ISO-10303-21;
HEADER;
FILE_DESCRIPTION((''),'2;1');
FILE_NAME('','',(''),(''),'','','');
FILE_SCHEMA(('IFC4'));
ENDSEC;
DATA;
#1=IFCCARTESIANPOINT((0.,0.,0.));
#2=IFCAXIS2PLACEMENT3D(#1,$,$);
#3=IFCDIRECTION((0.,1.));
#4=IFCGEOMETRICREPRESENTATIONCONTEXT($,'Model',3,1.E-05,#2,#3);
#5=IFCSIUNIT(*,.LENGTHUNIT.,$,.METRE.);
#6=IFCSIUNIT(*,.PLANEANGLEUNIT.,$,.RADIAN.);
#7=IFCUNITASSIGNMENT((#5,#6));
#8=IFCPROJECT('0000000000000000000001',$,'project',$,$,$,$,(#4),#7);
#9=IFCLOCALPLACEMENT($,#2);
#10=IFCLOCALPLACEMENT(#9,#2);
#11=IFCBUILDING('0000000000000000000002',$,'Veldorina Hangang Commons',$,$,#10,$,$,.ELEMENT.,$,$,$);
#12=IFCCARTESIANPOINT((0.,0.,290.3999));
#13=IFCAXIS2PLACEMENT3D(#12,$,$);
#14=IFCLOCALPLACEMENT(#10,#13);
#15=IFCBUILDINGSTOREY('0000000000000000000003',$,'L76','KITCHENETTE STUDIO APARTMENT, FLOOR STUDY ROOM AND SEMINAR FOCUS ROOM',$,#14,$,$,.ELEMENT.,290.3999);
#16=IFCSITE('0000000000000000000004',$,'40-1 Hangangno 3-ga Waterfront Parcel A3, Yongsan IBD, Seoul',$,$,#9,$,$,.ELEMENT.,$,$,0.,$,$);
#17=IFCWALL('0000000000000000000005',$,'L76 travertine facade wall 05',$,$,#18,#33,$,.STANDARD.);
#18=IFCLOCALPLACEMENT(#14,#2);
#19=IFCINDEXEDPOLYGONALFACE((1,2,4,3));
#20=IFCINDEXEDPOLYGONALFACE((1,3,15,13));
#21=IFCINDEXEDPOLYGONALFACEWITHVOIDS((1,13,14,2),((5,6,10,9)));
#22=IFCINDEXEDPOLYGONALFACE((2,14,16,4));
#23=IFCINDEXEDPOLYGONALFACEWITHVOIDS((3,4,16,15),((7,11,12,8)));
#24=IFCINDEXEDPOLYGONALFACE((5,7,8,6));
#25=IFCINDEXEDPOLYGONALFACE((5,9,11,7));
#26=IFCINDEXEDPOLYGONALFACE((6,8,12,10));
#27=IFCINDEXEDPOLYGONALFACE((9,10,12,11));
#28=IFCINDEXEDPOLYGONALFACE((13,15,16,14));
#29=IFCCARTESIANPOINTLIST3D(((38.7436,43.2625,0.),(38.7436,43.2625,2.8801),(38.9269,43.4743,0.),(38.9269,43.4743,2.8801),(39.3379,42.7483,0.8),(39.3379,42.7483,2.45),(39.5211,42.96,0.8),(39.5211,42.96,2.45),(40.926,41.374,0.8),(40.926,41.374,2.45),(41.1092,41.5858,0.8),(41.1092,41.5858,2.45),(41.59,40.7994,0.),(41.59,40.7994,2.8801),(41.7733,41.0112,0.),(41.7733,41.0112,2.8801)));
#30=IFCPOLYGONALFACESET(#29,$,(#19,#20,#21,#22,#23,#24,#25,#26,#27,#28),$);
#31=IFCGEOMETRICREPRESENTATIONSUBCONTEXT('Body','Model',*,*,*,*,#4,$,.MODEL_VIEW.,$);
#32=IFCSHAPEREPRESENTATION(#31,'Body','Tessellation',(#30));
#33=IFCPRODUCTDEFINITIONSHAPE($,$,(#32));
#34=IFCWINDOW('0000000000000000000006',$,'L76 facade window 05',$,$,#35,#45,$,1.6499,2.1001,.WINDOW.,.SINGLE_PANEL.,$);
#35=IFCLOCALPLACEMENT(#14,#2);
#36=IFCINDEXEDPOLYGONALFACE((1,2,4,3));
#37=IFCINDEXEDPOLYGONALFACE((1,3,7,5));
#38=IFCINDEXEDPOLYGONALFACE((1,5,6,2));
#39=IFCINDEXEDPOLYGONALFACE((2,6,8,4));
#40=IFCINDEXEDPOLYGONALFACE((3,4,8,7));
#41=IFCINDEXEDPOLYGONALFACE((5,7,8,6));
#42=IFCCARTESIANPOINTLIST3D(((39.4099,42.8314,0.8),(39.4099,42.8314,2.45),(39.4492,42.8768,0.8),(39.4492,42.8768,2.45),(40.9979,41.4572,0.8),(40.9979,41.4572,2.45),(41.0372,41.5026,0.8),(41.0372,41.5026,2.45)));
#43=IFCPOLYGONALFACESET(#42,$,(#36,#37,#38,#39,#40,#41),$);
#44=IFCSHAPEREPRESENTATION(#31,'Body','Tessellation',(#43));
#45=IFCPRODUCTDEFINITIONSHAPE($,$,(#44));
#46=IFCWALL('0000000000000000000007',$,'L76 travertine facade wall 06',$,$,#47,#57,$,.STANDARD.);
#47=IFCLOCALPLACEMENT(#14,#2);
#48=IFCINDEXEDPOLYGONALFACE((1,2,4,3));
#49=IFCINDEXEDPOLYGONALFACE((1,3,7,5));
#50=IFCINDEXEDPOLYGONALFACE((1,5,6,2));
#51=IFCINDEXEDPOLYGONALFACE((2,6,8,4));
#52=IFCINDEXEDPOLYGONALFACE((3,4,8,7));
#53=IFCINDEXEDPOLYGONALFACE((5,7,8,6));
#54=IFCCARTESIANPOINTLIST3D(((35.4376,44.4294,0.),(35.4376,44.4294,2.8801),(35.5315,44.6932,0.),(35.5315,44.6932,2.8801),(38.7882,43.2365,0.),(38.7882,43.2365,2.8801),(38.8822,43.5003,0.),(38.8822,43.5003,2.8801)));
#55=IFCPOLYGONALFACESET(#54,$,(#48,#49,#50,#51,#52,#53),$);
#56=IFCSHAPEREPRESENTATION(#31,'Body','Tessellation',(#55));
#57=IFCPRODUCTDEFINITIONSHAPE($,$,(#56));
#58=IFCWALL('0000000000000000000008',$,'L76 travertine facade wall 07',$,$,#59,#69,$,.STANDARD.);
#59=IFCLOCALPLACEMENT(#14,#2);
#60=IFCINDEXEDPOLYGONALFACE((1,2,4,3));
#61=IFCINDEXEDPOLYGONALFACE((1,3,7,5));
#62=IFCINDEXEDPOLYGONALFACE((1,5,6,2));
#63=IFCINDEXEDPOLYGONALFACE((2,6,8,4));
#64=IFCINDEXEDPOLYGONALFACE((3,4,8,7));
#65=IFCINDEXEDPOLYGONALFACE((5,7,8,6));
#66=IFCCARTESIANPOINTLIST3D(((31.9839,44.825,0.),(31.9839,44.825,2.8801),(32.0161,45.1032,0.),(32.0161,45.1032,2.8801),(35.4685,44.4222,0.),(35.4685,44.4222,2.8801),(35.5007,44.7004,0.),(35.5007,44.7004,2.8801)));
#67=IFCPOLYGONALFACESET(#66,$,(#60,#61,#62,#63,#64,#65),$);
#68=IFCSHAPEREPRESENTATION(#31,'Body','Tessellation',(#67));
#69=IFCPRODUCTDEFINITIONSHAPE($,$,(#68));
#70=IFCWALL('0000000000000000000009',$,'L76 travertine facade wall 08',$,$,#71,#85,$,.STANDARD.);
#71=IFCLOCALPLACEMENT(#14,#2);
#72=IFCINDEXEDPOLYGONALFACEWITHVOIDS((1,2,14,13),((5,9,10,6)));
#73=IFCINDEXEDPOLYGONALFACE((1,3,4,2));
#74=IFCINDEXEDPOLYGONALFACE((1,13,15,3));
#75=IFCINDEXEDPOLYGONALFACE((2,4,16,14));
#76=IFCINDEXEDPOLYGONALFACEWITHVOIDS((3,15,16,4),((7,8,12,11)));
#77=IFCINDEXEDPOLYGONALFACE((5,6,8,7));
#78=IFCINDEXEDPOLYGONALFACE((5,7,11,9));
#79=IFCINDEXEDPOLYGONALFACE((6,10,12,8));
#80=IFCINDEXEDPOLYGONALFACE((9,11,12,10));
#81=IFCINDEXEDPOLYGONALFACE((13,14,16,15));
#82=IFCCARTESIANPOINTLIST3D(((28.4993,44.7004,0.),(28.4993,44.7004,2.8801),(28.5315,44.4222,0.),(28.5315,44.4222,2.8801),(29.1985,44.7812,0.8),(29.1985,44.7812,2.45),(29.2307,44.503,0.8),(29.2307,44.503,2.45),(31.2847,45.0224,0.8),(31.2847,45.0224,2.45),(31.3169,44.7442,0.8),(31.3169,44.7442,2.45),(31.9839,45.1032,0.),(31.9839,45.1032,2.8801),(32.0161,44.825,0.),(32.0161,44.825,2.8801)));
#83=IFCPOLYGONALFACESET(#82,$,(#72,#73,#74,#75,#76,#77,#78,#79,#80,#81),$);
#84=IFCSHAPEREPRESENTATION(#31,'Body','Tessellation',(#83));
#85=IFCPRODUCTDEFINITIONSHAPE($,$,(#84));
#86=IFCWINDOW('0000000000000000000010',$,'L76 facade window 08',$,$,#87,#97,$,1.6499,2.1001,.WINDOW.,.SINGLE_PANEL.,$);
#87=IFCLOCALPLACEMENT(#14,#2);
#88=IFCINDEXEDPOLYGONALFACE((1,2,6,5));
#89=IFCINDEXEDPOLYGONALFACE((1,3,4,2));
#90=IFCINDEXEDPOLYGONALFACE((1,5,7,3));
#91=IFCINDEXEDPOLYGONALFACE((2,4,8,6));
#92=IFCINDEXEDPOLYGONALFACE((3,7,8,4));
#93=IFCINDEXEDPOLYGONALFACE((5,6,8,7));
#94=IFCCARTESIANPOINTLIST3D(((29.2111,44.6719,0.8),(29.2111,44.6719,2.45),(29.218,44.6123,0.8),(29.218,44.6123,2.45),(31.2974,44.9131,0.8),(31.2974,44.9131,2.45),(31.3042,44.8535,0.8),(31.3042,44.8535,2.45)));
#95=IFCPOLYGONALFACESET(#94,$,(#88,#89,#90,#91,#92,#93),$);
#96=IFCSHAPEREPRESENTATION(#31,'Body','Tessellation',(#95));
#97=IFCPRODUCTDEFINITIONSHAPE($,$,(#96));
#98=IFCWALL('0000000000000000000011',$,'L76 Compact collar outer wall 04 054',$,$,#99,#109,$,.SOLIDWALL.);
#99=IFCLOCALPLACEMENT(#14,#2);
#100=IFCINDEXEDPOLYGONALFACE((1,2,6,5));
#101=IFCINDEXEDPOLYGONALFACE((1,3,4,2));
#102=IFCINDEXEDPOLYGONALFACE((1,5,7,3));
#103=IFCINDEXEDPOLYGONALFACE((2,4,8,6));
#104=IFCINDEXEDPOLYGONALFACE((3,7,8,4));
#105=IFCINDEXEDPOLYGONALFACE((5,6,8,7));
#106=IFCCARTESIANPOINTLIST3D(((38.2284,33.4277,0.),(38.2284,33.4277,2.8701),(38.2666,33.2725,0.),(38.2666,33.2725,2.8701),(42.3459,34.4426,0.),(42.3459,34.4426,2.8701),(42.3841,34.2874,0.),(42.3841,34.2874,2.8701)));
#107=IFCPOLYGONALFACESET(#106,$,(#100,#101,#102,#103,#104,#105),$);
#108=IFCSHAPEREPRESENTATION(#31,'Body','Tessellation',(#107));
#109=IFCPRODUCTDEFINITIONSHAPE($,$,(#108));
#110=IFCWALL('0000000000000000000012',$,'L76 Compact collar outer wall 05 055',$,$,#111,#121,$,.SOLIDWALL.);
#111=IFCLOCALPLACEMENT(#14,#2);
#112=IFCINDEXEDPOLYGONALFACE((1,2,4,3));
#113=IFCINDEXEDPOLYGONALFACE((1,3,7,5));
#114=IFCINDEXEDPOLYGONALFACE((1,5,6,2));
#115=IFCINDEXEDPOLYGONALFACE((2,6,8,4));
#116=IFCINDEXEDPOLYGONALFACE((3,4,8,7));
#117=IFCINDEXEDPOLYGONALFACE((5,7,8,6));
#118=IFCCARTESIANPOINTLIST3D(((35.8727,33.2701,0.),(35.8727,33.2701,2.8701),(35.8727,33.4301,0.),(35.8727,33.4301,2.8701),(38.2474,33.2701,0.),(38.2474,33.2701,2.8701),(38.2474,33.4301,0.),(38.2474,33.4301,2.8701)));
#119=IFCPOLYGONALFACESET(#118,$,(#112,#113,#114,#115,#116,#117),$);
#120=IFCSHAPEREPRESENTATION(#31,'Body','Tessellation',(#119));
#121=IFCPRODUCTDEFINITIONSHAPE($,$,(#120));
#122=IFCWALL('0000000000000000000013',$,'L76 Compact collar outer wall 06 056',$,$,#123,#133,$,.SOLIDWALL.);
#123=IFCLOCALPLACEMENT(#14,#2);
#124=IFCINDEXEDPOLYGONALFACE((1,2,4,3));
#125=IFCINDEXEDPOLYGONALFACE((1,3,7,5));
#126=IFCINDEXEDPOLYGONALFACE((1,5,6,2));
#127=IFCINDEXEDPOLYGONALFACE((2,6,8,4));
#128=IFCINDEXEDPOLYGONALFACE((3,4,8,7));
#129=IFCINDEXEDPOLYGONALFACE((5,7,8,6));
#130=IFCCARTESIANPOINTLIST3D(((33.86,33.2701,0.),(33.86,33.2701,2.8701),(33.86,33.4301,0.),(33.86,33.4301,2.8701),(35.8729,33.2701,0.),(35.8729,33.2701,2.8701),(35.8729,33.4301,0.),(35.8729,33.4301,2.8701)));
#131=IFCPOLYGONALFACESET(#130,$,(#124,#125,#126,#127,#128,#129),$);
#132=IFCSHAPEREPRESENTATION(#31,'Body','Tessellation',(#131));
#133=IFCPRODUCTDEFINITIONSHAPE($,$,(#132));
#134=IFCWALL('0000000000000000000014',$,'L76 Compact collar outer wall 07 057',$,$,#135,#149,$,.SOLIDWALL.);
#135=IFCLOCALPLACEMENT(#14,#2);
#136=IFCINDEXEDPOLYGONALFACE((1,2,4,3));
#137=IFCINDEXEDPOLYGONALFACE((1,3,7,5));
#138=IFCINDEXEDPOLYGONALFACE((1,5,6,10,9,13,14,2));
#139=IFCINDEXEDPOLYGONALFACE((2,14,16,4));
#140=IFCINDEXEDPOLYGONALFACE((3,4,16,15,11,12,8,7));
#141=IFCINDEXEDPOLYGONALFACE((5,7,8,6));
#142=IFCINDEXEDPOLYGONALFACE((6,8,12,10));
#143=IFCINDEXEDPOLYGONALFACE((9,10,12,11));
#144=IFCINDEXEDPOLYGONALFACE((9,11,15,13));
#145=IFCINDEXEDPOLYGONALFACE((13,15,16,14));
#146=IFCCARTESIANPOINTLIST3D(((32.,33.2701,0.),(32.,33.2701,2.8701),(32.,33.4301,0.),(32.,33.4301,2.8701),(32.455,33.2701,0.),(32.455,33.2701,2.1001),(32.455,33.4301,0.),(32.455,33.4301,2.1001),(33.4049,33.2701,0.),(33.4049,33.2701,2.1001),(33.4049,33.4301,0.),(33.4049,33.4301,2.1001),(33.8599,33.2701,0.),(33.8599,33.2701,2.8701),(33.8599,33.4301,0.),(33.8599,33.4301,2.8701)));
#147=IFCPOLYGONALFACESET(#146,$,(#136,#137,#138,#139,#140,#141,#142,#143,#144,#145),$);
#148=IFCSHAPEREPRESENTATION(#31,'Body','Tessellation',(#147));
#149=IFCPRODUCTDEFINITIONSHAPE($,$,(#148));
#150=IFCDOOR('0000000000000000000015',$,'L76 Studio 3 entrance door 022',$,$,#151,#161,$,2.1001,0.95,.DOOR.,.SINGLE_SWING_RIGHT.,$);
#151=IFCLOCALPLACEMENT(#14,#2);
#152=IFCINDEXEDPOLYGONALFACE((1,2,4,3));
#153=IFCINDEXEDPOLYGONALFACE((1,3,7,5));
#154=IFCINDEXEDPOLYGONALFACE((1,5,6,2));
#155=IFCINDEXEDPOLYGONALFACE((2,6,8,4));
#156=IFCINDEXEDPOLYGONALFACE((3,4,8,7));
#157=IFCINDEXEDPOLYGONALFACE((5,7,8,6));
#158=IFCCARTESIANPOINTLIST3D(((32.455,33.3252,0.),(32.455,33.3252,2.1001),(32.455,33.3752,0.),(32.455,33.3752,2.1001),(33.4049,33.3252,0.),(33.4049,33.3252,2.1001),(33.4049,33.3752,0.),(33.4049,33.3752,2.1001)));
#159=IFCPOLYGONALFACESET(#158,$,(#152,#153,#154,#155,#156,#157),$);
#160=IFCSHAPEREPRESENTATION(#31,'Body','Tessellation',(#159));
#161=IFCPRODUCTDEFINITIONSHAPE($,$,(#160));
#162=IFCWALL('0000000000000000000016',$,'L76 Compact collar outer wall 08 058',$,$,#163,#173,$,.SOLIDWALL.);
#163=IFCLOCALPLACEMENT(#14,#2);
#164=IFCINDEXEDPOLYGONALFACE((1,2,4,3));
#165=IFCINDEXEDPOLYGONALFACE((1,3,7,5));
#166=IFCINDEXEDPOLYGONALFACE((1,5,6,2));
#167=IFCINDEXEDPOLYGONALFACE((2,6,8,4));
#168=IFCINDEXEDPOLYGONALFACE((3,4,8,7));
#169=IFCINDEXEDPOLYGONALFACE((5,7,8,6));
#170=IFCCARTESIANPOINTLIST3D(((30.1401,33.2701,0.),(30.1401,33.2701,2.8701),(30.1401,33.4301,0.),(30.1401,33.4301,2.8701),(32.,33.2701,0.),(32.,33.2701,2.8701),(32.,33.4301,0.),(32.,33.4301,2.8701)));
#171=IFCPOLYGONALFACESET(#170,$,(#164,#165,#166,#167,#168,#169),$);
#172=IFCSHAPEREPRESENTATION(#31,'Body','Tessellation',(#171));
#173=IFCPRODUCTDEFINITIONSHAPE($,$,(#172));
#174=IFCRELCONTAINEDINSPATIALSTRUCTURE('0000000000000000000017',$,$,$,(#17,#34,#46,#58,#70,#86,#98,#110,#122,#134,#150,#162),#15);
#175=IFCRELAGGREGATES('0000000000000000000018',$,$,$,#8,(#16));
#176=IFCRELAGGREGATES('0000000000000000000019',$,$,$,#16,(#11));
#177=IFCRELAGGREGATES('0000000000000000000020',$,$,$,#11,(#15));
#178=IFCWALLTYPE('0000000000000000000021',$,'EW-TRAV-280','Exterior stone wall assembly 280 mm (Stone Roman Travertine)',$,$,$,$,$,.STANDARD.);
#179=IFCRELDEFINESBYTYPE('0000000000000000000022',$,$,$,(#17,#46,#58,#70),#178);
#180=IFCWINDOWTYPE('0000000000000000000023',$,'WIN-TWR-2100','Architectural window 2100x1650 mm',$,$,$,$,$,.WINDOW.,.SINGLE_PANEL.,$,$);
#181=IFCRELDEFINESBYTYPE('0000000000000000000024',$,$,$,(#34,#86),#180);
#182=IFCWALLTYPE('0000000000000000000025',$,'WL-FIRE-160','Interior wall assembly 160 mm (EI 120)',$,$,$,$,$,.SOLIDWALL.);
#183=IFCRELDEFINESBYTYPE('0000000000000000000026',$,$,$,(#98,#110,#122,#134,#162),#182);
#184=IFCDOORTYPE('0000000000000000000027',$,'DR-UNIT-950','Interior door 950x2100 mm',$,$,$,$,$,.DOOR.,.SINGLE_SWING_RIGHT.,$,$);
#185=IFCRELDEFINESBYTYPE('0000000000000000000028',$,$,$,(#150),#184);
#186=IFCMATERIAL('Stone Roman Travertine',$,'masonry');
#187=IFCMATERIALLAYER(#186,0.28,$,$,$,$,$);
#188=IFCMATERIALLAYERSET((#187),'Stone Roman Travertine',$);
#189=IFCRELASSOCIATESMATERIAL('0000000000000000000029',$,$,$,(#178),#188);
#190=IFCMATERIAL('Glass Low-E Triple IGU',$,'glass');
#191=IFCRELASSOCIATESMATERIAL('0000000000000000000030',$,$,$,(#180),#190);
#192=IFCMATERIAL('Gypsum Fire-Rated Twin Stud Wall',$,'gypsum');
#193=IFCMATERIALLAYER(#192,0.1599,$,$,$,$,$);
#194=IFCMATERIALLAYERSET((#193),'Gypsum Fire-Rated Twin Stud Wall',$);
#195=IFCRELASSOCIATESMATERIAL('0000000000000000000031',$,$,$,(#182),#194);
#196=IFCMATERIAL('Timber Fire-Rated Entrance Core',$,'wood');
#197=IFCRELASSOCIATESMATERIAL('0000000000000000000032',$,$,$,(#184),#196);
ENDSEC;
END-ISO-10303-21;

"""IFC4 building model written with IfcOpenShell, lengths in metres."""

from ifc_helpers import new_model, si_unit, direction, frame, frame_2d, origin, place, context, subcontext, project, spatial, rectangle, extrude, material, layer, layer_set, type_object, element, fill, save


model = new_model("IFC4")

# Units and contexts
model_context = context("Model", 3, precision=1e-05, world=origin(), true_north=direction((0.0, 1.0)))
body_context = subcontext(model_context, "Body", "Model", "MODEL_VIEW")
ifc_project = project(units=[si_unit("LENGTHUNIT", "METRE"), si_unit("PLANEANGLEUNIT", "RADIAN")], contexts=[model_context])

# Site, building, storey
site_placement = place(None, origin())
site = spatial("IfcSite", under=ifc_project, at=site_placement, Name="40-1 Hangangno 3-ga Waterfront Parcel A3, Yongsan IBD, Seoul", CompositionType="ELEMENT", RefElevation=0.0)
building_placement = place(site_placement, origin())
building = spatial("IfcBuilding", under=site, at=building_placement, Name="Veldorina Hangang Commons", CompositionType="ELEMENT")
storey_placement = place(building_placement, frame((0.0, 0.0, 290.3999)))
storey = spatial("IfcBuildingStorey", under=building, at=storey_placement, Name="L76", Description="KITCHENETTE STUDIO APARTMENT, FLOOR STUDY ROOM AND SEMINAR FOCUS ROOM", CompositionType="ELEMENT", Elevation=290.3999)

# Wall, opening, window
ifc_material_1 = material(Name="Stone Roman Travertine", Category="masonry")
ifc_layer_1 = layer(ifc_material_1, 0.28)
ifc_layer_set_1 = layer_set([ifc_layer_1], Name="Stone Roman Travertine")
wall_type_1 = type_object("IfcWallType", Name="EW-TRAV-280", Description="Exterior stone wall assembly 280 mm (Stone Roman Travertine)", PredefinedType="STANDARD", material=ifc_layer_set_1)
wall_1_placement = place(storey_placement, frame((41.6816, 40.9053, 0.0), z_axis=(0.0, 0.0, 1.0), x_axis=(-0.756185, 0.654357, 0.0)))
wall_1 = element("IfcWall", 1, at=wall_1_placement, inside=storey, type_object=wall_type_1, Name="L76 travertine facade wall 05", PredefinedType="STANDARD", context=body_context, shape_type="SweptSolid", body=[
    extrude(rectangle(XDim=3.7642, YDim=0.28, at=frame_2d((1.8821, 0.0))), origin(), (0.0, 0.0, 1.0), 2.8801),
])
opening_1_placement = place(wall_1_placement, frame((0.8782, 0.0, 0.8)))
opening_1 = element("IfcOpeningElement", 2, at=opening_1_placement, cuts=wall_1, PredefinedType="OPENING", context=body_context, shape_type="SweptSolid", body=[
    extrude(rectangle(XDim=2.1001, YDim=1.6499, at=frame_2d((1.05, 0.825))), frame((0.0, 0.1499, 0.0), z_axis=(0.0, -1.0, 0.0), x_axis=(1.0, 0.0, 0.0)), (0.0, 0.0, 1.0), 0.3),
])
ifc_material_2 = material(Name="Glass Low-E Triple IGU", Category="glass")
window_type = type_object("IfcWindowType", Name="WIN-TWR-2100", Description="Architectural window 2100x1650 mm", PartitioningType="SINGLE_PANEL", PredefinedType="WINDOW", material=ifc_material_2)
window_1_placement = place(opening_1_placement, origin())
window_1 = element("IfcWindow", 3, at=window_1_placement, inside=storey, type_object=window_type, Name="L76 facade window 05", OverallHeight=1.6499, OverallWidth=2.1001, PartitioningType="SINGLE_PANEL", PredefinedType="WINDOW", context=body_context, shape_type="SweptSolid", body=[
    extrude(rectangle(XDim=2.1001, YDim=1.6499, at=frame_2d((1.05, 0.825))), frame((0.0, 0.03, 0.0), z_axis=(0.0, -1.0, 0.0), x_axis=(1.0, 0.0, 0.0)), (0.0, 0.0, 1.0), 0.0601),
])
fill(opening_1, window_1)

# Walls
wall_2_placement = place(storey_placement, frame((38.8352, 43.3684, 0.0), z_axis=(0.0, 0.0, 1.0), x_axis=(-0.942077, 0.335397, 0.0)))
element("IfcWall", 4, at=wall_2_placement, inside=storey, type_object=wall_type_1, Name="L76 travertine facade wall 06", PredefinedType="STANDARD", context=body_context, shape_type="SweptSolid", body=[
    extrude(rectangle(XDim=3.5566, YDim=0.28, at=frame_2d((1.7783, 0.0))), origin(), (0.0, 0.0, 1.0), 2.8801),
])
wall_3_placement = place(storey_placement, frame((35.4846, 44.5613, 0.0), z_axis=(0.0, 0.0, 1.0), x_axis=(-0.993384, 0.114838, 0.0)))
element("IfcWall", 5, at=wall_3_placement, inside=storey, type_object=wall_type_1, Name="L76 travertine facade wall 07", PredefinedType="STANDARD", context=body_context, shape_type="SweptSolid", body=[
    extrude(rectangle(XDim=3.5078, YDim=0.28, at=frame_2d((1.7539, 0.0))), origin(), (0.0, 0.0, 1.0), 2.8801),
])

# Wall, opening, window
wall_4_placement = place(storey_placement, frame((32.0, 44.9641, 0.0), z_axis=(0.0, 0.0, 1.0), x_axis=(-0.993384, -0.114838, 0.0)))
wall_4 = element("IfcWall", 6, at=wall_4_placement, inside=storey, type_object=wall_type_1, Name="L76 travertine facade wall 08", PredefinedType="STANDARD", context=body_context, shape_type="SweptSolid", body=[
    extrude(rectangle(XDim=3.5078, YDim=0.28, at=frame_2d((1.7539, 0.0))), origin(), (0.0, 0.0, 1.0), 2.8801),
])
opening_2_placement = place(wall_4_placement, frame((0.7039, 0.0, 0.8)))
opening_2 = element("IfcOpeningElement", 7, at=opening_2_placement, cuts=wall_4, PredefinedType="OPENING", context=body_context, shape_type="SweptSolid", body=[
    extrude(rectangle(XDim=2.1001, YDim=1.6499, at=frame_2d((1.05, 0.825))), frame((0.0, 0.1499, 0.0), z_axis=(0.0, -1.0, 0.0), x_axis=(1.0, 0.0, 0.0)), (0.0, 0.0, 1.0), 0.3),
])
window_2_placement = place(opening_2_placement, origin())
window_2 = element("IfcWindow", 8, at=window_2_placement, inside=storey, type_object=window_type, Name="L76 facade window 08", OverallHeight=1.6499, OverallWidth=2.1001, PartitioningType="SINGLE_PANEL", PredefinedType="WINDOW", context=body_context, shape_type="SweptSolid", body=[
    extrude(rectangle(XDim=2.1001, YDim=1.6499, at=frame_2d((1.05, 0.825))), frame((0.0, 0.03, 0.0), z_axis=(0.0, -1.0, 0.0), x_axis=(1.0, 0.0, 0.0)), (0.0, 0.0, 1.0), 0.0601),
])
fill(opening_2, window_2)

# Walls
ifc_material_3 = material(Name="Gypsum Fire-Rated Twin Stud Wall", Category="gypsum")
ifc_layer_2 = layer(ifc_material_3, 0.1599)
ifc_layer_set_2 = layer_set([ifc_layer_2], Name="Gypsum Fire-Rated Twin Stud Wall")
wall_type_2 = type_object("IfcWallType", Name="WL-FIRE-160", Description="Interior wall assembly 160 mm (EI 120)", PredefinedType="SOLIDWALL", material=ifc_layer_set_2)
wall_5_placement = place(storey_placement, frame((42.365, 34.365, 0.0), z_axis=(0.0, 0.0, 1.0), x_axis=(-0.97094, -0.239324, 0.0)))
element("IfcWall", 9, at=wall_5_placement, inside=storey, type_object=wall_type_2, Name="L76 Compact collar outer wall 04 054", PredefinedType="SOLIDWALL", context=body_context, shape_type="SweptSolid", body=[
    extrude(rectangle(XDim=4.2407, YDim=0.1599, at=frame_2d((2.1204, 0.0))), origin(), (0.0, 0.0, 1.0), 2.8701),
])
wall_6_placement = place(storey_placement, frame((38.2476, 33.3501, 0.0), z_axis=(0.0, 0.0, 1.0), x_axis=(-1.0, 0.0, 0.0)))
element("IfcWall", 10, at=wall_6_placement, inside=storey, type_object=wall_type_2, Name="L76 Compact collar outer wall 05 055", PredefinedType="SOLIDWALL", context=body_context, shape_type="SweptSolid", body=[
    extrude(rectangle(XDim=2.3748, YDim=0.1599, at=frame_2d((1.1875, 0.0))), origin(), (0.0, 0.0, 1.0), 2.8701),
])
wall_7_placement = place(storey_placement, frame((35.8728, 33.3501, 0.0), z_axis=(0.0, 0.0, 1.0), x_axis=(-1.0, 0.0, 0.0)))
element("IfcWall", 11, at=wall_7_placement, inside=storey, type_object=wall_type_2, Name="L76 Compact collar outer wall 06 056", PredefinedType="SOLIDWALL", context=body_context, shape_type="SweptSolid", body=[
    extrude(rectangle(XDim=2.0129, YDim=0.1599, at=frame_2d((1.0063, 0.0))), origin(), (0.0, 0.0, 1.0), 2.8701),
])

# Wall, opening, door
wall_8_placement = place(storey_placement, frame((33.8599, 33.3501, 0.0), z_axis=(0.0, 0.0, 1.0), x_axis=(-1.0, 0.0, 0.0)))
wall_8 = element("IfcWall", 12, at=wall_8_placement, inside=storey, type_object=wall_type_2, Name="L76 Compact collar outer wall 07 057", PredefinedType="SOLIDWALL", context=body_context, shape_type="SweptSolid", body=[
    extrude(rectangle(XDim=1.8599, YDim=0.1599, at=frame_2d((0.9299, 0.0))), origin(), (0.0, 0.0, 1.0), 2.8701),
])
opening_3_placement = place(wall_8_placement, frame((0.4548, 0.0, 0.0)))
opening_3 = element("IfcOpeningElement", 13, at=opening_3_placement, cuts=wall_8, PredefinedType="OPENING", context=body_context, shape_type="SweptSolid", body=[
    extrude(rectangle(XDim=0.95, YDim=2.1001, at=frame_2d((0.4751, 1.05))), frame((0.0, 0.0898, 0.0), z_axis=(0.0, -1.0, 0.0), x_axis=(1.0, 0.0, 0.0)), (0.0, 0.0, 1.0), 0.1799),
])
ifc_material_4 = material(Name="Timber Fire-Rated Entrance Core", Category="wood")
door_type_1 = type_object("IfcDoorType", Name="DR-UNIT-950", Description="Interior door 950x2100 mm", OperationType="SINGLE_SWING_RIGHT", PredefinedType="DOOR", material=ifc_material_4)
door_1_placement = place(opening_3_placement, origin())
door_1 = element("IfcDoor", 14, at=door_1_placement, inside=storey, type_object=door_type_1, Name="L76 Studio 3 entrance door 022", OperationType="SINGLE_SWING_RIGHT", OverallHeight=2.1001, OverallWidth=0.95, PredefinedType="DOOR", context=body_context, shape_type="SweptSolid", body=[
    extrude(rectangle(XDim=0.95, YDim=2.1001, at=frame_2d((0.4751, 1.05))), frame((0.0, 0.0249, 0.0), z_axis=(0.0, -1.0, 0.0), x_axis=(1.0, 0.0, 0.0)), (0.0, 0.0, 1.0), 0.05),
])
fill(opening_3, door_1)

# Wall
wall_9_placement = place(storey_placement, frame((32.0, 33.3501, 0.0), z_axis=(0.0, 0.0, 1.0), x_axis=(-1.0, 0.0, 0.0)))
element("IfcWall", 15, at=wall_9_placement, inside=storey, type_object=wall_type_2, Name="L76 Compact collar outer wall 08 058", PredefinedType="SOLIDWALL", context=body_context, shape_type="SweptSolid", body=[
    extrude(rectangle(XDim=1.8599, YDim=0.1599, at=frame_2d((0.9299, 0.0))), origin(), (0.0, 0.0, 1.0), 2.8701),
])

save(model, "model.ifc")
